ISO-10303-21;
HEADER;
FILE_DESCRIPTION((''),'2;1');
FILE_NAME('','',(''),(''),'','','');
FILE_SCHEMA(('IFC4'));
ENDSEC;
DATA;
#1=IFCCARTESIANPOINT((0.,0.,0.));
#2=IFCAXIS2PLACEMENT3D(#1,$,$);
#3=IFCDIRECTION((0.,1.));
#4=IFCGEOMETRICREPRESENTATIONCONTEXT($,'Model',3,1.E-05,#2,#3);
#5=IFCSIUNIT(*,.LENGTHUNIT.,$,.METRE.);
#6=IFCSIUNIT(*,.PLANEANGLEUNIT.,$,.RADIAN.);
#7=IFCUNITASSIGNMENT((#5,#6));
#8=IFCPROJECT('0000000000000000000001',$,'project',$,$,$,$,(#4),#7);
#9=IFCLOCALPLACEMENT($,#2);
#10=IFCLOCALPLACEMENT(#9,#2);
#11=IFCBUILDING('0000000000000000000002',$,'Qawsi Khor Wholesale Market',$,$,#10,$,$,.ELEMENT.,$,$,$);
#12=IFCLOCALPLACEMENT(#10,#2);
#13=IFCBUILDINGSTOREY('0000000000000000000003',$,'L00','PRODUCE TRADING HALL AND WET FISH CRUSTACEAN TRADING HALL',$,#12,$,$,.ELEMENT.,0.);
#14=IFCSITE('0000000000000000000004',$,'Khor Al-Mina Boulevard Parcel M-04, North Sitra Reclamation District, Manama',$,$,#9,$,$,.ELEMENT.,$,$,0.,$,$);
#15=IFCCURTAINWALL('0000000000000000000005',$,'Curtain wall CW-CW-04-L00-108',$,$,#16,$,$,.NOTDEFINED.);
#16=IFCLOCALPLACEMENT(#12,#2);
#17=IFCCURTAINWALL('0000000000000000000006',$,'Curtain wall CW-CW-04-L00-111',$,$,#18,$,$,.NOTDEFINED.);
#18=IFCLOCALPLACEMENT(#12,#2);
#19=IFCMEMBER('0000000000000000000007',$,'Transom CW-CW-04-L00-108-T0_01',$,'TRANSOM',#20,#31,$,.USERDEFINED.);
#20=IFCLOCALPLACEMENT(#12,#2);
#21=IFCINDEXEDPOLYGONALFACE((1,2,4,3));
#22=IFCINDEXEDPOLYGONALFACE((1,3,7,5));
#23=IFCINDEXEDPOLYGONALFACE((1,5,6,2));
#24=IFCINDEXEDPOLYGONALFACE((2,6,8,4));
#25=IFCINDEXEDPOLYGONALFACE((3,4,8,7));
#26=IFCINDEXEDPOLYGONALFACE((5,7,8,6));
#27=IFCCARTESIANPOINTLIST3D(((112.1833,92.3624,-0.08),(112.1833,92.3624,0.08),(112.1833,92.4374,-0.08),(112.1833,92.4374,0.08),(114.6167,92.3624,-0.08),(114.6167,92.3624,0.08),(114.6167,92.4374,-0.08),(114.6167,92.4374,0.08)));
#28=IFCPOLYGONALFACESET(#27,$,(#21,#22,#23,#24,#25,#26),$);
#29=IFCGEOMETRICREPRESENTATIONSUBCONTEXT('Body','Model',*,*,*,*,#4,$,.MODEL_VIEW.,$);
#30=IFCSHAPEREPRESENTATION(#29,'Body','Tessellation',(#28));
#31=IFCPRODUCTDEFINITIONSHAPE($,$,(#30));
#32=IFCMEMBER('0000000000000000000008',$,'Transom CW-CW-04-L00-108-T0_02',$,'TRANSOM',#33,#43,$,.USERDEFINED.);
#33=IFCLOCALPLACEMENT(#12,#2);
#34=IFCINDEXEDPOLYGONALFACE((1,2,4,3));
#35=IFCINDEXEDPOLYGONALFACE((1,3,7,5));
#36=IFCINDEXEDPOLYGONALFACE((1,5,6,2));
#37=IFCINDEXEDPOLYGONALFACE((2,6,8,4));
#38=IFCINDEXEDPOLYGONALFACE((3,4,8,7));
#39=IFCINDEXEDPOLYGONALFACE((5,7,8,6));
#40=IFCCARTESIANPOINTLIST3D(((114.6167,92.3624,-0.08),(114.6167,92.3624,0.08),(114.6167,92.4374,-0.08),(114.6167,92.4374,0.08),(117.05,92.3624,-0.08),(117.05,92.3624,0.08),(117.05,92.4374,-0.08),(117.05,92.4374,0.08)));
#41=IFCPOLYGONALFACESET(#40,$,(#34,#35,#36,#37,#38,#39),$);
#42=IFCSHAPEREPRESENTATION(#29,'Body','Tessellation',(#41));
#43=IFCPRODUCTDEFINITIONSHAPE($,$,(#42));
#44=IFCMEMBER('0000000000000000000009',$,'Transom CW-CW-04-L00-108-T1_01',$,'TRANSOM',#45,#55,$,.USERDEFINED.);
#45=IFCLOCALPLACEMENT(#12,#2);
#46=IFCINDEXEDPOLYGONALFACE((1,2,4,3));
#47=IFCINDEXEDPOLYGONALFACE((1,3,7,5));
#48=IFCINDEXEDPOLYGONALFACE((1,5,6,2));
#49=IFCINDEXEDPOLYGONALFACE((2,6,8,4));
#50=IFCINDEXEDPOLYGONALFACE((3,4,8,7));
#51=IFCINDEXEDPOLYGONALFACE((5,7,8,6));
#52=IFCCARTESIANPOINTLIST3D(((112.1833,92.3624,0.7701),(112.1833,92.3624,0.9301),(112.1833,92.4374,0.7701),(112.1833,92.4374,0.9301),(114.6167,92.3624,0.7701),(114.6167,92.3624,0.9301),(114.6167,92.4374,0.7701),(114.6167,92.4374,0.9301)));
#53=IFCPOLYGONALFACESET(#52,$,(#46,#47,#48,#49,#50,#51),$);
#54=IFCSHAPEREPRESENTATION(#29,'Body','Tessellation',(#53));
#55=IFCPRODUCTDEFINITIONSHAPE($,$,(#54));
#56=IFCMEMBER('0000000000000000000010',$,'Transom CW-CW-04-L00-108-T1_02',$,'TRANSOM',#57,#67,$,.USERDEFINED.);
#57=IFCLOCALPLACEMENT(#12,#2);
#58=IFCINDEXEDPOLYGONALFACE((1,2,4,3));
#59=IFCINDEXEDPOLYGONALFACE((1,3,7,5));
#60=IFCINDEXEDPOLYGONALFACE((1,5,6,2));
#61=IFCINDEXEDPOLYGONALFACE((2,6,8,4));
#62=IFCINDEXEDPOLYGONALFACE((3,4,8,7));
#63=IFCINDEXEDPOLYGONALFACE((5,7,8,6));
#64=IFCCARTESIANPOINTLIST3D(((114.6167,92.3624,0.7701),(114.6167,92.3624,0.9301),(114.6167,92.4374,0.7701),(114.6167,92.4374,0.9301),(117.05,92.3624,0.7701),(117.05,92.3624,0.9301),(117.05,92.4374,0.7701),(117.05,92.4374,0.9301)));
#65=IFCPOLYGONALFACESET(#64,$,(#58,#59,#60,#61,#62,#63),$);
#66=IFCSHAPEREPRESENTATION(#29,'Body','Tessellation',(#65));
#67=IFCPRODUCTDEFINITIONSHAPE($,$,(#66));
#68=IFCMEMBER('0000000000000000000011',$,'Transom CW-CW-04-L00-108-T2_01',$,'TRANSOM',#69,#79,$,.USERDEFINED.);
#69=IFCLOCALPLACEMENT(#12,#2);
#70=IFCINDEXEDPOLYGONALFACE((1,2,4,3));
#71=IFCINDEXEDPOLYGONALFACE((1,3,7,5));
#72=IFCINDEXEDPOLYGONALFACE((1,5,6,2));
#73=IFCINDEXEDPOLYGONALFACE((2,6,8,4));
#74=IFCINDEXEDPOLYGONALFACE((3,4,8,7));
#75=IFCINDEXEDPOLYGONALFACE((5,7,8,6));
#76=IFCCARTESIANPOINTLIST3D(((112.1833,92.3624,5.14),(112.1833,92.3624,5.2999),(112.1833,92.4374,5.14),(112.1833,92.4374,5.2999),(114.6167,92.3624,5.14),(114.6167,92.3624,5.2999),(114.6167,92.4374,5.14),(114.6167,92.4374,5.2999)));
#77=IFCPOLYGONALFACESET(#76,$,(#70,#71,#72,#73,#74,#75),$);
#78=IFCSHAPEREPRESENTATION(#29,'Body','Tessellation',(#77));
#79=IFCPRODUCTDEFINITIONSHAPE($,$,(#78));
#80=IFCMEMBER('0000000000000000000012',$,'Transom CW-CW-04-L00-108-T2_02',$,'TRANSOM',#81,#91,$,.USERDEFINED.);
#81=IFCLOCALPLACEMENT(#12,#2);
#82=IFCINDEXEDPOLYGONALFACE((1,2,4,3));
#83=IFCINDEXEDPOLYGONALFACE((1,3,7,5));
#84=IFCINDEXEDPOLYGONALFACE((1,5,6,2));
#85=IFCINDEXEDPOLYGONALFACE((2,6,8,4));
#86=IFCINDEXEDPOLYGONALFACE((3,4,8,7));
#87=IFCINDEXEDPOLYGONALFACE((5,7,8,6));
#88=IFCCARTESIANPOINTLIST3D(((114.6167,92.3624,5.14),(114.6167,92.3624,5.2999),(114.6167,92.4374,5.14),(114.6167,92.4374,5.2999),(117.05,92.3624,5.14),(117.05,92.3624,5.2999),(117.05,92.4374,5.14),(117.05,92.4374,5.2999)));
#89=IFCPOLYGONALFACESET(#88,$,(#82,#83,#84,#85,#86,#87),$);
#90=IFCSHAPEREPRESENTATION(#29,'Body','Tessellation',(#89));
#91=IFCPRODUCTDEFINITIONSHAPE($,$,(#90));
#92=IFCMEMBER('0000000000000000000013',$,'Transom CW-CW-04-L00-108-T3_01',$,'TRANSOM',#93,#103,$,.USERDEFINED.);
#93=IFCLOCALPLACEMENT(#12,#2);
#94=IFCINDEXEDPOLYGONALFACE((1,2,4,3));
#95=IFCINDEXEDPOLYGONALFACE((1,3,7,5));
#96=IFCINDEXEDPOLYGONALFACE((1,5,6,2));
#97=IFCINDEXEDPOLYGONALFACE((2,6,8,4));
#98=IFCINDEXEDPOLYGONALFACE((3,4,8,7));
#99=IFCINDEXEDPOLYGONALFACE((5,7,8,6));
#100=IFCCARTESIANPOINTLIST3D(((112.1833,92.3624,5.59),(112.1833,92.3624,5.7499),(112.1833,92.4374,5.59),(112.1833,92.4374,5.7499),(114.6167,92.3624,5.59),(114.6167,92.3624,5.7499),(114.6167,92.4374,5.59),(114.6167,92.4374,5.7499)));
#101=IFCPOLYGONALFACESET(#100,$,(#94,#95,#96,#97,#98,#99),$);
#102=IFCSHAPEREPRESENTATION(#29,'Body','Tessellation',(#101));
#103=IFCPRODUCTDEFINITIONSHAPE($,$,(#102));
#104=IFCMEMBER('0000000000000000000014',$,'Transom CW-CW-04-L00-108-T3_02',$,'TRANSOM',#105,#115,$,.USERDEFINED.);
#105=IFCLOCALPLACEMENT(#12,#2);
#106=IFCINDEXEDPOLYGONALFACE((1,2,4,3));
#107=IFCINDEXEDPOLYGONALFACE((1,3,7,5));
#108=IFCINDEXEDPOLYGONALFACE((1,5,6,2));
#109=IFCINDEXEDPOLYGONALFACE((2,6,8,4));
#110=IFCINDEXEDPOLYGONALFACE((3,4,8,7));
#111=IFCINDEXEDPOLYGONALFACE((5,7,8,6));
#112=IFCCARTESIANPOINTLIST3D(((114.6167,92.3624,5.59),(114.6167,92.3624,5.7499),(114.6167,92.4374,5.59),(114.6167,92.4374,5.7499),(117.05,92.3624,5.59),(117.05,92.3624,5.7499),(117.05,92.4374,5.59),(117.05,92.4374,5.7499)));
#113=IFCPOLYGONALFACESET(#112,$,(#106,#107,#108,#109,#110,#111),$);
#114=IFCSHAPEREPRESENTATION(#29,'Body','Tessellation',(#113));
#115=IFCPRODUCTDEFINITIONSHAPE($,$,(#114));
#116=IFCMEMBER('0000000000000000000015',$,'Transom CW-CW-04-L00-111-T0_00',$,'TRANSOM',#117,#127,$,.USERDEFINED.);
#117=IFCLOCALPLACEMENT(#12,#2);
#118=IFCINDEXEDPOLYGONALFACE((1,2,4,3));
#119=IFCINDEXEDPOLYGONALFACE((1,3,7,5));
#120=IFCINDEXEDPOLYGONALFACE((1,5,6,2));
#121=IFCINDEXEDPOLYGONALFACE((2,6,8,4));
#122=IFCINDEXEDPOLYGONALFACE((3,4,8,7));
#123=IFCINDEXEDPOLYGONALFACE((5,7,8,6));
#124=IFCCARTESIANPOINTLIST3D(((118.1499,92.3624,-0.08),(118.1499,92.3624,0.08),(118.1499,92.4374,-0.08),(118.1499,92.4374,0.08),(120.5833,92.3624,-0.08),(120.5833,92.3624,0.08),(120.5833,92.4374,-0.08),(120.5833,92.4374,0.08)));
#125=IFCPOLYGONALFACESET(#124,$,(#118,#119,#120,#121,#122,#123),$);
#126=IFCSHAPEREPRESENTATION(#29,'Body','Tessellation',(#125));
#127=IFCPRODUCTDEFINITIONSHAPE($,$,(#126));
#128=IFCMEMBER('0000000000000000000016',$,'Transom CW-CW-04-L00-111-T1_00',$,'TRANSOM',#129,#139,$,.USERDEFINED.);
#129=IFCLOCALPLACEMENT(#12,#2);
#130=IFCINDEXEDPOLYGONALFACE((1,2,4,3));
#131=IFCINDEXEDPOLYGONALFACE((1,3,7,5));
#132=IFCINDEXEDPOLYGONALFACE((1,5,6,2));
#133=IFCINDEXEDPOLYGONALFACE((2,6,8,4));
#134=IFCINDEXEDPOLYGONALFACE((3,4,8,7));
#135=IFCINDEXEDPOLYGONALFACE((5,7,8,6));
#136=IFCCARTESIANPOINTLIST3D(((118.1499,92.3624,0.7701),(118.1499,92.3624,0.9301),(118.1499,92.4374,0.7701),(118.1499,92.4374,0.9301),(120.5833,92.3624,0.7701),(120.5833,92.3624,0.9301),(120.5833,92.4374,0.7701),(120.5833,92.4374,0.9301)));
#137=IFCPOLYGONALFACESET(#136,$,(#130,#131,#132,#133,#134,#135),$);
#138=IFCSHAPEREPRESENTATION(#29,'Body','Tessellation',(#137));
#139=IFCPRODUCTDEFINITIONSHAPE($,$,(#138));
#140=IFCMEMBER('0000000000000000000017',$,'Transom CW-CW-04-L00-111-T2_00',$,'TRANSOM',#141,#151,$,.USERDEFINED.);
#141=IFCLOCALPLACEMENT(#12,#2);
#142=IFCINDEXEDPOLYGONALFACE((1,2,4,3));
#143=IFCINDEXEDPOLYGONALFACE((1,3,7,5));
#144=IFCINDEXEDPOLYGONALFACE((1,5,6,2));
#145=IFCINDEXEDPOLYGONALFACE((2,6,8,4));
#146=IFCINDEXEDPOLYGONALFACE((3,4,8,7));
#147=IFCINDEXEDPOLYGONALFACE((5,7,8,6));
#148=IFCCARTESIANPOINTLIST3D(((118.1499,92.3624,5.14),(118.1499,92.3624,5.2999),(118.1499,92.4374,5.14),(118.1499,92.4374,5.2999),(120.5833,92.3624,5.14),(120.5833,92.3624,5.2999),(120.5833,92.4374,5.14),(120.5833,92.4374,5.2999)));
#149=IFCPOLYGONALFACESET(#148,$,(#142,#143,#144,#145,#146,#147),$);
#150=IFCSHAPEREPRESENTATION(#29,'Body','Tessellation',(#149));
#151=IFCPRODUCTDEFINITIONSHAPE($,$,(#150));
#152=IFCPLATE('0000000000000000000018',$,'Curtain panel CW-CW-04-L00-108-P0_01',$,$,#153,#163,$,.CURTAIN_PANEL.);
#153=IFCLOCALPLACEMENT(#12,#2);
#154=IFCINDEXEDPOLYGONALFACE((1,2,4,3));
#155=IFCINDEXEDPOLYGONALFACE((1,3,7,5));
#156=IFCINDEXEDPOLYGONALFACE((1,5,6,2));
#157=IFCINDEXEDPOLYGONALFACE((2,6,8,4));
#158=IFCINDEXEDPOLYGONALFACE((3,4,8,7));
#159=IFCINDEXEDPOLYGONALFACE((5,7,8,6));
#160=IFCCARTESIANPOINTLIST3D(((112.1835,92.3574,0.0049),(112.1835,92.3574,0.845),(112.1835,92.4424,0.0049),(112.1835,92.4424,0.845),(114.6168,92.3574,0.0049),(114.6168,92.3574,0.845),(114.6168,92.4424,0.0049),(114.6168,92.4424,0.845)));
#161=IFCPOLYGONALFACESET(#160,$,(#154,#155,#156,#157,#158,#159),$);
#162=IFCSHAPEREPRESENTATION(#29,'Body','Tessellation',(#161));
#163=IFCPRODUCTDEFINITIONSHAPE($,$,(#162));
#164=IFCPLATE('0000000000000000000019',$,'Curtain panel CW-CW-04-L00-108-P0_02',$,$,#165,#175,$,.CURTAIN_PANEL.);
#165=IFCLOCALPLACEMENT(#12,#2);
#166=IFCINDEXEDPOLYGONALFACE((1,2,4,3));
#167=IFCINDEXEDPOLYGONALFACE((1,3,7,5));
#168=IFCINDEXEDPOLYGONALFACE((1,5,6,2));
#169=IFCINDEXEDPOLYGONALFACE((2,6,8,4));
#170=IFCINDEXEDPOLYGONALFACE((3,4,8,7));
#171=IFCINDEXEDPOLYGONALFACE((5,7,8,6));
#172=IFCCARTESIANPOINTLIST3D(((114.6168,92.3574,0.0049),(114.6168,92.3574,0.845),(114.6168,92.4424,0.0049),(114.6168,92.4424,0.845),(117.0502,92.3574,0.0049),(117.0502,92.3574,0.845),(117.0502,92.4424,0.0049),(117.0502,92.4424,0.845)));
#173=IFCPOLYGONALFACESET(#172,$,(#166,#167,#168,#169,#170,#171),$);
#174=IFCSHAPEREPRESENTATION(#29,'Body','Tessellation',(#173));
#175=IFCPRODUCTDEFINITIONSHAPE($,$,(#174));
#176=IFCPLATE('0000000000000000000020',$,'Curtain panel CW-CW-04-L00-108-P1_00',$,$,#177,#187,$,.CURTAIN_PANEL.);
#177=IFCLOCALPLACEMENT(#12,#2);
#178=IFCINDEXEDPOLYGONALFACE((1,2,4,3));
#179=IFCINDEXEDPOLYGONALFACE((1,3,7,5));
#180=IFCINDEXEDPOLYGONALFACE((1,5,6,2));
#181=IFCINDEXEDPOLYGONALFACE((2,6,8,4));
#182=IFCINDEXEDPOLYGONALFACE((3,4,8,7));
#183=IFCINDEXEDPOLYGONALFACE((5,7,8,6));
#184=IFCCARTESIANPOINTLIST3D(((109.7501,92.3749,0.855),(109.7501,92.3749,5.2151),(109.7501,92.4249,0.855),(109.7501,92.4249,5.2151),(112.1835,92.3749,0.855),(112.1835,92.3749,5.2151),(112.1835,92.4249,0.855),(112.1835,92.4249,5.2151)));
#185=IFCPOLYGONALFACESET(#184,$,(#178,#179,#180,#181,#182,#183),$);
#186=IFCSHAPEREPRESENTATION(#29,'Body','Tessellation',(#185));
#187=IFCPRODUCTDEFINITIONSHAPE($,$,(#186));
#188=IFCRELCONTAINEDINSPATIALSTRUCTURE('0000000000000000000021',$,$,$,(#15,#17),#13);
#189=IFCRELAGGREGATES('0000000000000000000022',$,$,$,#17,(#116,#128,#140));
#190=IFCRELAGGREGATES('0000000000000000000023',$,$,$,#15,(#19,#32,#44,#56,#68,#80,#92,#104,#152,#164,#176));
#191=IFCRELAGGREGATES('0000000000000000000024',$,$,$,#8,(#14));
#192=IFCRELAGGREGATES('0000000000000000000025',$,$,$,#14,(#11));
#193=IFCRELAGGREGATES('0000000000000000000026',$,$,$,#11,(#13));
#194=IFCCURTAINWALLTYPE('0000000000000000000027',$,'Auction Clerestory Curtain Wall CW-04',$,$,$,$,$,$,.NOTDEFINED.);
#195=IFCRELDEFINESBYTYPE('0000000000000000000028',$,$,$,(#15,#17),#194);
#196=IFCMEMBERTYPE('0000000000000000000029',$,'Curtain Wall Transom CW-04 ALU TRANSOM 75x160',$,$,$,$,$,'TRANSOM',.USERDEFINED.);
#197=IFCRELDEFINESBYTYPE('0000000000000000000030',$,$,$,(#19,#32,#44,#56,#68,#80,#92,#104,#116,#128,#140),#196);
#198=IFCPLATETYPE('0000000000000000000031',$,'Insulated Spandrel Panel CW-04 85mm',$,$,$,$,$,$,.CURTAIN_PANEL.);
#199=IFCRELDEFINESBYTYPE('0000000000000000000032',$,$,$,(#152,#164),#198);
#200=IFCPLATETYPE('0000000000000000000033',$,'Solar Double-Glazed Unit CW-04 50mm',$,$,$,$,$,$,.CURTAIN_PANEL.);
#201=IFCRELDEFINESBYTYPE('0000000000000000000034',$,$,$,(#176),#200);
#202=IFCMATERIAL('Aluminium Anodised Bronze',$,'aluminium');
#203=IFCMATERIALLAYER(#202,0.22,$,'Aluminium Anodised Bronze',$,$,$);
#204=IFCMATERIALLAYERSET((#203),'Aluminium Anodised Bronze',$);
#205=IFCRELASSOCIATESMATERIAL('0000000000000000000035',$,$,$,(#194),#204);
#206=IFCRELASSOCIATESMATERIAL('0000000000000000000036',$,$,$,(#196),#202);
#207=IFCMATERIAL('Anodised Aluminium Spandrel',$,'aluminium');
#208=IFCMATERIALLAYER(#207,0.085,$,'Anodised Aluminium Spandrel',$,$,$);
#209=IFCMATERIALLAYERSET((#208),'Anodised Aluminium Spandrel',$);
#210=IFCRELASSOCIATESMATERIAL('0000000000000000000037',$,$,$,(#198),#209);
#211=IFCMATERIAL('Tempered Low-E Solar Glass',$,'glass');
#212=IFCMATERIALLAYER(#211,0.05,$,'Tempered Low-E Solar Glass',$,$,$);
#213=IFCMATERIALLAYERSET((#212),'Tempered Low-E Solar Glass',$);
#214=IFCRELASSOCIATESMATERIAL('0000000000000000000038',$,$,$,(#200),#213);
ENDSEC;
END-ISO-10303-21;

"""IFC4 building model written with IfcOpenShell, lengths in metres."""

from ifc_helpers import new_model, si_unit, direction, frame, frame_2d, origin, origin_2d, place, context, subcontext, project, spatial, rectangle, extrude, material, layer, layer_set, material_profile, profile_set, type_object, element, aggregate, save


model = new_model("IFC4")

# Units and contexts
model_context = context("Model", 3, precision=1e-05, world=origin(), true_north=direction((0.0, 1.0)))
body_context = subcontext(model_context, "Body", "Model", "MODEL_VIEW")
ifc_project = project(units=[si_unit("LENGTHUNIT", "METRE"), si_unit("PLANEANGLEUNIT", "RADIAN")], contexts=[model_context])

# Site, building, storey
site_placement = place(None, origin())
site = spatial("IfcSite", under=ifc_project, at=site_placement, Name="Khor Al-Mina Boulevard Parcel M-04, North Sitra Reclamation District, Manama", CompositionType="ELEMENT", RefElevation=0.0)
building_placement = place(site_placement, origin())
building = spatial("IfcBuilding", under=site, at=building_placement, Name="Qawsi Khor Wholesale Market", CompositionType="ELEMENT")
storey_placement = place(building_placement, origin())
storey = spatial("IfcBuildingStorey", under=building, at=storey_placement, Name="L00", Description="PRODUCE TRADING HALL AND WET FISH CRUSTACEAN TRADING HALL", CompositionType="ELEMENT", Elevation=0.0)

# Curtain wall
ifc_material_1 = material(Name="Aluminium Anodised Bronze", Category="aluminium")
ifc_layer_1 = layer(ifc_material_1, 0.22, Name="Aluminium Anodised Bronze")
ifc_layer_set_1 = layer_set([ifc_layer_1], Name="Aluminium Anodised Bronze")
curtain_wall_type = type_object("IfcCurtainWallType", Name="Auction Clerestory Curtain Wall CW-04", PredefinedType="NOTDEFINED", material=ifc_layer_set_1)
curtain_wall_1_placement = place(storey_placement, origin())
curtain_wall_1 = element("IfcCurtainWall", 1, at=curtain_wall_1_placement, inside=storey, type_object=curtain_wall_type, Name="Curtain wall CW-CW-04-L00-108", PredefinedType="NOTDEFINED")

# Curtain wall
curtain_wall_2_placement = place(storey_placement, origin())
curtain_wall_2 = element("IfcCurtainWall", 2, at=curtain_wall_2_placement, inside=storey, type_object=curtain_wall_type, Name="Curtain wall CW-CW-04-L00-111", PredefinedType="NOTDEFINED")

# Members
ifc_material_profile_1 = material_profile(ifc_material_1, rectangle(XDim=0.075, YDim=0.1599, at=origin_2d()), Name="ALU TRANSOM 75x160")
ifc_profile_set_1 = profile_set([ifc_material_profile_1], Name="Aluminium Anodised Bronze")
member_type_1 = type_object("IfcMemberType", Name="Curtain Wall Transom CW-04 ALU TRANSOM 75x160", ElementType="TRANSOM", PredefinedType="USERDEFINED", material=ifc_profile_set_1)
member_1_placement = place(storey_placement, frame((112.1833, 92.3999, 0.0), z_axis=(1.0, 0.0, 0.0), x_axis=(0.0, 1.0, 0.0)))
member_1 = element("IfcMember", 3, at=member_1_placement, type_object=member_type_1, Name="Transom CW-CW-04-L00-108-T0_01", ObjectType="TRANSOM", PredefinedType="USERDEFINED", context=body_context, shape_type="SweptSolid", body=[
    extrude(rectangle(XDim=0.075, YDim=0.1599, at=origin_2d()), origin(), (0.0, 0.0, 1.0), 2.4333),
])
member_2_placement = place(storey_placement, frame((114.6167, 92.3999, 0.0), z_axis=(1.0, 0.0, 0.0), x_axis=(0.0, 1.0, 0.0)))
member_2 = element("IfcMember", 4, at=member_2_placement, type_object=member_type_1, Name="Transom CW-CW-04-L00-108-T0_02", ObjectType="TRANSOM", PredefinedType="USERDEFINED", context=body_context, shape_type="SweptSolid", body=[
    extrude(rectangle(XDim=0.075, YDim=0.1599, at=origin_2d()), origin(), (0.0, 0.0, 1.0), 2.4333),
])
member_3_placement = place(storey_placement, frame((112.1833, 92.3999, 0.8501), z_axis=(1.0, 0.0, 0.0), x_axis=(0.0, 1.0, 0.0)))
member_3 = element("IfcMember", 5, at=member_3_placement, type_object=member_type_1, Name="Transom CW-CW-04-L00-108-T1_01", ObjectType="TRANSOM", PredefinedType="USERDEFINED", context=body_context, shape_type="SweptSolid", body=[
    extrude(rectangle(XDim=0.075, YDim=0.1599, at=origin_2d()), origin(), (0.0, 0.0, 1.0), 2.4333),
])
member_4_placement = place(storey_placement, frame((114.6167, 92.3999, 0.8501), z_axis=(1.0, 0.0, 0.0), x_axis=(0.0, 1.0, 0.0)))
member_4 = element("IfcMember", 6, at=member_4_placement, type_object=member_type_1, Name="Transom CW-CW-04-L00-108-T1_02", ObjectType="TRANSOM", PredefinedType="USERDEFINED", context=body_context, shape_type="SweptSolid", body=[
    extrude(rectangle(XDim=0.075, YDim=0.1599, at=origin_2d()), origin(), (0.0, 0.0, 1.0), 2.4333),
])
member_5_placement = place(storey_placement, frame((112.1833, 92.3999, 5.22), z_axis=(1.0, 0.0, 0.0), x_axis=(0.0, 1.0, 0.0)))
member_5 = element("IfcMember", 7, at=member_5_placement, type_object=member_type_1, Name="Transom CW-CW-04-L00-108-T2_01", ObjectType="TRANSOM", PredefinedType="USERDEFINED", context=body_context, shape_type="SweptSolid", body=[
    extrude(rectangle(XDim=0.075, YDim=0.1599, at=origin_2d()), origin(), (0.0, 0.0, 1.0), 2.4333),
])
member_6_placement = place(storey_placement, frame((114.6167, 92.3999, 5.22), z_axis=(1.0, 0.0, 0.0), x_axis=(0.0, 1.0, 0.0)))
member_6 = element("IfcMember", 8, at=member_6_placement, type_object=member_type_1, Name="Transom CW-CW-04-L00-108-T2_02", ObjectType="TRANSOM", PredefinedType="USERDEFINED", context=body_context, shape_type="SweptSolid", body=[
    extrude(rectangle(XDim=0.075, YDim=0.1599, at=origin_2d()), origin(), (0.0, 0.0, 1.0), 2.4333),
])
member_7_placement = place(storey_placement, frame((112.1833, 92.3999, 5.6699), z_axis=(1.0, 0.0, 0.0), x_axis=(0.0, 1.0, 0.0)))
member_7 = element("IfcMember", 9, at=member_7_placement, type_object=member_type_1, Name="Transom CW-CW-04-L00-108-T3_01", ObjectType="TRANSOM", PredefinedType="USERDEFINED", context=body_context, shape_type="SweptSolid", body=[
    extrude(rectangle(XDim=0.075, YDim=0.1599, at=origin_2d()), origin(), (0.0, 0.0, 1.0), 2.4333),
])
member_8_placement = place(storey_placement, frame((114.6167, 92.3999, 5.6699), z_axis=(1.0, 0.0, 0.0), x_axis=(0.0, 1.0, 0.0)))
member_8 = element("IfcMember", 10, at=member_8_placement, type_object=member_type_1, Name="Transom CW-CW-04-L00-108-T3_02", ObjectType="TRANSOM", PredefinedType="USERDEFINED", context=body_context, shape_type="SweptSolid", body=[
    extrude(rectangle(XDim=0.075, YDim=0.1599, at=origin_2d()), origin(), (0.0, 0.0, 1.0), 2.4333),
])
member_9_placement = place(storey_placement, frame((118.1499, 92.3999, 0.0), z_axis=(1.0, 0.0, 0.0), x_axis=(0.0, 1.0, 0.0)))
member_9 = element("IfcMember", 11, at=member_9_placement, type_object=member_type_1, Name="Transom CW-CW-04-L00-111-T0_00", ObjectType="TRANSOM", PredefinedType="USERDEFINED", context=body_context, shape_type="SweptSolid", body=[
    extrude(rectangle(XDim=0.075, YDim=0.1599, at=origin_2d()), origin(), (0.0, 0.0, 1.0), 2.4333),
])
member_10_placement = place(storey_placement, frame((118.1499, 92.3999, 0.8501), z_axis=(1.0, 0.0, 0.0), x_axis=(0.0, 1.0, 0.0)))
member_10 = element("IfcMember", 12, at=member_10_placement, type_object=member_type_1, Name="Transom CW-CW-04-L00-111-T1_00", ObjectType="TRANSOM", PredefinedType="USERDEFINED", context=body_context, shape_type="SweptSolid", body=[
    extrude(rectangle(XDim=0.075, YDim=0.1599, at=origin_2d()), origin(), (0.0, 0.0, 1.0), 2.4333),
])
member_11_placement = place(storey_placement, frame((118.1499, 92.3999, 5.22), z_axis=(1.0, 0.0, 0.0), x_axis=(0.0, 1.0, 0.0)))
member_11 = element("IfcMember", 13, at=member_11_placement, type_object=member_type_1, Name="Transom CW-CW-04-L00-111-T2_00", ObjectType="TRANSOM", PredefinedType="USERDEFINED", context=body_context, shape_type="SweptSolid", body=[
    extrude(rectangle(XDim=0.075, YDim=0.1599, at=origin_2d()), origin(), (0.0, 0.0, 1.0), 2.4333),
])
aggregate(curtain_wall_2, [member_9, member_10, member_11])

# Plates
ifc_material_2 = material(Name="Anodised Aluminium Spandrel", Category="aluminium")
ifc_layer_2 = layer(ifc_material_2, 0.085, Name="Anodised Aluminium Spandrel")
ifc_layer_set_2 = layer_set([ifc_layer_2], Name="Anodised Aluminium Spandrel")
plate_type_1 = type_object("IfcPlateType", Name="Insulated Spandrel Panel CW-04 85mm", PredefinedType="CURTAIN_PANEL", material=ifc_layer_set_2)
plate_1_placement = place(storey_placement, frame((112.1833, 92.3999, 0.0049), z_axis=(0.0, 0.0, 1.0), x_axis=(1.0, 0.0, 0.0)))
plate_1 = element("IfcPlate", 14, at=plate_1_placement, type_object=plate_type_1, Name="Curtain panel CW-CW-04-L00-108-P0_01", PredefinedType="CURTAIN_PANEL", context=body_context, shape_type="SweptSolid", body=[
    extrude(rectangle(XDim=2.4333, YDim=0.085, at=frame_2d((1.2168, 0.0))), origin(), (0.0, 0.0, 1.0), 0.8401),
])
plate_2_placement = place(storey_placement, frame((114.6167, 92.3999, 0.0049), z_axis=(0.0, 0.0, 1.0), x_axis=(1.0, 0.0, 0.0)))
plate_2 = element("IfcPlate", 15, at=plate_2_placement, type_object=plate_type_1, Name="Curtain panel CW-CW-04-L00-108-P0_02", PredefinedType="CURTAIN_PANEL", context=body_context, shape_type="SweptSolid", body=[
    extrude(rectangle(XDim=2.4333, YDim=0.085, at=frame_2d((1.2168, 0.0))), origin(), (0.0, 0.0, 1.0), 0.8401),
])
ifc_material_3 = material(Name="Tempered Low-E Solar Glass", Category="glass")
ifc_layer_3 = layer(ifc_material_3, 0.05, Name="Tempered Low-E Solar Glass")
ifc_layer_set_3 = layer_set([ifc_layer_3], Name="Tempered Low-E Solar Glass")
plate_type_2 = type_object("IfcPlateType", Name="Solar Double-Glazed Unit CW-04 50mm", PredefinedType="CURTAIN_PANEL", material=ifc_layer_set_3)
plate_3_placement = place(storey_placement, frame((109.75, 92.3999, 0.855), z_axis=(0.0, 0.0, 1.0), x_axis=(1.0, 0.0, 0.0)))
plate_3 = element("IfcPlate", 16, at=plate_3_placement, type_object=plate_type_2, Name="Curtain panel CW-CW-04-L00-108-P1_00", PredefinedType="CURTAIN_PANEL", context=body_context, shape_type="SweptSolid", body=[
    extrude(rectangle(XDim=2.4333, YDim=0.05, at=frame_2d((1.2168, 0.0))), origin(), (0.0, 0.0, 1.0), 4.3601),
])
aggregate(curtain_wall_1, [member_1, member_2, member_3, member_4, member_5, member_6, member_7, member_8, plate_1, plate_2, plate_3])

save(model, "model.ifc")
